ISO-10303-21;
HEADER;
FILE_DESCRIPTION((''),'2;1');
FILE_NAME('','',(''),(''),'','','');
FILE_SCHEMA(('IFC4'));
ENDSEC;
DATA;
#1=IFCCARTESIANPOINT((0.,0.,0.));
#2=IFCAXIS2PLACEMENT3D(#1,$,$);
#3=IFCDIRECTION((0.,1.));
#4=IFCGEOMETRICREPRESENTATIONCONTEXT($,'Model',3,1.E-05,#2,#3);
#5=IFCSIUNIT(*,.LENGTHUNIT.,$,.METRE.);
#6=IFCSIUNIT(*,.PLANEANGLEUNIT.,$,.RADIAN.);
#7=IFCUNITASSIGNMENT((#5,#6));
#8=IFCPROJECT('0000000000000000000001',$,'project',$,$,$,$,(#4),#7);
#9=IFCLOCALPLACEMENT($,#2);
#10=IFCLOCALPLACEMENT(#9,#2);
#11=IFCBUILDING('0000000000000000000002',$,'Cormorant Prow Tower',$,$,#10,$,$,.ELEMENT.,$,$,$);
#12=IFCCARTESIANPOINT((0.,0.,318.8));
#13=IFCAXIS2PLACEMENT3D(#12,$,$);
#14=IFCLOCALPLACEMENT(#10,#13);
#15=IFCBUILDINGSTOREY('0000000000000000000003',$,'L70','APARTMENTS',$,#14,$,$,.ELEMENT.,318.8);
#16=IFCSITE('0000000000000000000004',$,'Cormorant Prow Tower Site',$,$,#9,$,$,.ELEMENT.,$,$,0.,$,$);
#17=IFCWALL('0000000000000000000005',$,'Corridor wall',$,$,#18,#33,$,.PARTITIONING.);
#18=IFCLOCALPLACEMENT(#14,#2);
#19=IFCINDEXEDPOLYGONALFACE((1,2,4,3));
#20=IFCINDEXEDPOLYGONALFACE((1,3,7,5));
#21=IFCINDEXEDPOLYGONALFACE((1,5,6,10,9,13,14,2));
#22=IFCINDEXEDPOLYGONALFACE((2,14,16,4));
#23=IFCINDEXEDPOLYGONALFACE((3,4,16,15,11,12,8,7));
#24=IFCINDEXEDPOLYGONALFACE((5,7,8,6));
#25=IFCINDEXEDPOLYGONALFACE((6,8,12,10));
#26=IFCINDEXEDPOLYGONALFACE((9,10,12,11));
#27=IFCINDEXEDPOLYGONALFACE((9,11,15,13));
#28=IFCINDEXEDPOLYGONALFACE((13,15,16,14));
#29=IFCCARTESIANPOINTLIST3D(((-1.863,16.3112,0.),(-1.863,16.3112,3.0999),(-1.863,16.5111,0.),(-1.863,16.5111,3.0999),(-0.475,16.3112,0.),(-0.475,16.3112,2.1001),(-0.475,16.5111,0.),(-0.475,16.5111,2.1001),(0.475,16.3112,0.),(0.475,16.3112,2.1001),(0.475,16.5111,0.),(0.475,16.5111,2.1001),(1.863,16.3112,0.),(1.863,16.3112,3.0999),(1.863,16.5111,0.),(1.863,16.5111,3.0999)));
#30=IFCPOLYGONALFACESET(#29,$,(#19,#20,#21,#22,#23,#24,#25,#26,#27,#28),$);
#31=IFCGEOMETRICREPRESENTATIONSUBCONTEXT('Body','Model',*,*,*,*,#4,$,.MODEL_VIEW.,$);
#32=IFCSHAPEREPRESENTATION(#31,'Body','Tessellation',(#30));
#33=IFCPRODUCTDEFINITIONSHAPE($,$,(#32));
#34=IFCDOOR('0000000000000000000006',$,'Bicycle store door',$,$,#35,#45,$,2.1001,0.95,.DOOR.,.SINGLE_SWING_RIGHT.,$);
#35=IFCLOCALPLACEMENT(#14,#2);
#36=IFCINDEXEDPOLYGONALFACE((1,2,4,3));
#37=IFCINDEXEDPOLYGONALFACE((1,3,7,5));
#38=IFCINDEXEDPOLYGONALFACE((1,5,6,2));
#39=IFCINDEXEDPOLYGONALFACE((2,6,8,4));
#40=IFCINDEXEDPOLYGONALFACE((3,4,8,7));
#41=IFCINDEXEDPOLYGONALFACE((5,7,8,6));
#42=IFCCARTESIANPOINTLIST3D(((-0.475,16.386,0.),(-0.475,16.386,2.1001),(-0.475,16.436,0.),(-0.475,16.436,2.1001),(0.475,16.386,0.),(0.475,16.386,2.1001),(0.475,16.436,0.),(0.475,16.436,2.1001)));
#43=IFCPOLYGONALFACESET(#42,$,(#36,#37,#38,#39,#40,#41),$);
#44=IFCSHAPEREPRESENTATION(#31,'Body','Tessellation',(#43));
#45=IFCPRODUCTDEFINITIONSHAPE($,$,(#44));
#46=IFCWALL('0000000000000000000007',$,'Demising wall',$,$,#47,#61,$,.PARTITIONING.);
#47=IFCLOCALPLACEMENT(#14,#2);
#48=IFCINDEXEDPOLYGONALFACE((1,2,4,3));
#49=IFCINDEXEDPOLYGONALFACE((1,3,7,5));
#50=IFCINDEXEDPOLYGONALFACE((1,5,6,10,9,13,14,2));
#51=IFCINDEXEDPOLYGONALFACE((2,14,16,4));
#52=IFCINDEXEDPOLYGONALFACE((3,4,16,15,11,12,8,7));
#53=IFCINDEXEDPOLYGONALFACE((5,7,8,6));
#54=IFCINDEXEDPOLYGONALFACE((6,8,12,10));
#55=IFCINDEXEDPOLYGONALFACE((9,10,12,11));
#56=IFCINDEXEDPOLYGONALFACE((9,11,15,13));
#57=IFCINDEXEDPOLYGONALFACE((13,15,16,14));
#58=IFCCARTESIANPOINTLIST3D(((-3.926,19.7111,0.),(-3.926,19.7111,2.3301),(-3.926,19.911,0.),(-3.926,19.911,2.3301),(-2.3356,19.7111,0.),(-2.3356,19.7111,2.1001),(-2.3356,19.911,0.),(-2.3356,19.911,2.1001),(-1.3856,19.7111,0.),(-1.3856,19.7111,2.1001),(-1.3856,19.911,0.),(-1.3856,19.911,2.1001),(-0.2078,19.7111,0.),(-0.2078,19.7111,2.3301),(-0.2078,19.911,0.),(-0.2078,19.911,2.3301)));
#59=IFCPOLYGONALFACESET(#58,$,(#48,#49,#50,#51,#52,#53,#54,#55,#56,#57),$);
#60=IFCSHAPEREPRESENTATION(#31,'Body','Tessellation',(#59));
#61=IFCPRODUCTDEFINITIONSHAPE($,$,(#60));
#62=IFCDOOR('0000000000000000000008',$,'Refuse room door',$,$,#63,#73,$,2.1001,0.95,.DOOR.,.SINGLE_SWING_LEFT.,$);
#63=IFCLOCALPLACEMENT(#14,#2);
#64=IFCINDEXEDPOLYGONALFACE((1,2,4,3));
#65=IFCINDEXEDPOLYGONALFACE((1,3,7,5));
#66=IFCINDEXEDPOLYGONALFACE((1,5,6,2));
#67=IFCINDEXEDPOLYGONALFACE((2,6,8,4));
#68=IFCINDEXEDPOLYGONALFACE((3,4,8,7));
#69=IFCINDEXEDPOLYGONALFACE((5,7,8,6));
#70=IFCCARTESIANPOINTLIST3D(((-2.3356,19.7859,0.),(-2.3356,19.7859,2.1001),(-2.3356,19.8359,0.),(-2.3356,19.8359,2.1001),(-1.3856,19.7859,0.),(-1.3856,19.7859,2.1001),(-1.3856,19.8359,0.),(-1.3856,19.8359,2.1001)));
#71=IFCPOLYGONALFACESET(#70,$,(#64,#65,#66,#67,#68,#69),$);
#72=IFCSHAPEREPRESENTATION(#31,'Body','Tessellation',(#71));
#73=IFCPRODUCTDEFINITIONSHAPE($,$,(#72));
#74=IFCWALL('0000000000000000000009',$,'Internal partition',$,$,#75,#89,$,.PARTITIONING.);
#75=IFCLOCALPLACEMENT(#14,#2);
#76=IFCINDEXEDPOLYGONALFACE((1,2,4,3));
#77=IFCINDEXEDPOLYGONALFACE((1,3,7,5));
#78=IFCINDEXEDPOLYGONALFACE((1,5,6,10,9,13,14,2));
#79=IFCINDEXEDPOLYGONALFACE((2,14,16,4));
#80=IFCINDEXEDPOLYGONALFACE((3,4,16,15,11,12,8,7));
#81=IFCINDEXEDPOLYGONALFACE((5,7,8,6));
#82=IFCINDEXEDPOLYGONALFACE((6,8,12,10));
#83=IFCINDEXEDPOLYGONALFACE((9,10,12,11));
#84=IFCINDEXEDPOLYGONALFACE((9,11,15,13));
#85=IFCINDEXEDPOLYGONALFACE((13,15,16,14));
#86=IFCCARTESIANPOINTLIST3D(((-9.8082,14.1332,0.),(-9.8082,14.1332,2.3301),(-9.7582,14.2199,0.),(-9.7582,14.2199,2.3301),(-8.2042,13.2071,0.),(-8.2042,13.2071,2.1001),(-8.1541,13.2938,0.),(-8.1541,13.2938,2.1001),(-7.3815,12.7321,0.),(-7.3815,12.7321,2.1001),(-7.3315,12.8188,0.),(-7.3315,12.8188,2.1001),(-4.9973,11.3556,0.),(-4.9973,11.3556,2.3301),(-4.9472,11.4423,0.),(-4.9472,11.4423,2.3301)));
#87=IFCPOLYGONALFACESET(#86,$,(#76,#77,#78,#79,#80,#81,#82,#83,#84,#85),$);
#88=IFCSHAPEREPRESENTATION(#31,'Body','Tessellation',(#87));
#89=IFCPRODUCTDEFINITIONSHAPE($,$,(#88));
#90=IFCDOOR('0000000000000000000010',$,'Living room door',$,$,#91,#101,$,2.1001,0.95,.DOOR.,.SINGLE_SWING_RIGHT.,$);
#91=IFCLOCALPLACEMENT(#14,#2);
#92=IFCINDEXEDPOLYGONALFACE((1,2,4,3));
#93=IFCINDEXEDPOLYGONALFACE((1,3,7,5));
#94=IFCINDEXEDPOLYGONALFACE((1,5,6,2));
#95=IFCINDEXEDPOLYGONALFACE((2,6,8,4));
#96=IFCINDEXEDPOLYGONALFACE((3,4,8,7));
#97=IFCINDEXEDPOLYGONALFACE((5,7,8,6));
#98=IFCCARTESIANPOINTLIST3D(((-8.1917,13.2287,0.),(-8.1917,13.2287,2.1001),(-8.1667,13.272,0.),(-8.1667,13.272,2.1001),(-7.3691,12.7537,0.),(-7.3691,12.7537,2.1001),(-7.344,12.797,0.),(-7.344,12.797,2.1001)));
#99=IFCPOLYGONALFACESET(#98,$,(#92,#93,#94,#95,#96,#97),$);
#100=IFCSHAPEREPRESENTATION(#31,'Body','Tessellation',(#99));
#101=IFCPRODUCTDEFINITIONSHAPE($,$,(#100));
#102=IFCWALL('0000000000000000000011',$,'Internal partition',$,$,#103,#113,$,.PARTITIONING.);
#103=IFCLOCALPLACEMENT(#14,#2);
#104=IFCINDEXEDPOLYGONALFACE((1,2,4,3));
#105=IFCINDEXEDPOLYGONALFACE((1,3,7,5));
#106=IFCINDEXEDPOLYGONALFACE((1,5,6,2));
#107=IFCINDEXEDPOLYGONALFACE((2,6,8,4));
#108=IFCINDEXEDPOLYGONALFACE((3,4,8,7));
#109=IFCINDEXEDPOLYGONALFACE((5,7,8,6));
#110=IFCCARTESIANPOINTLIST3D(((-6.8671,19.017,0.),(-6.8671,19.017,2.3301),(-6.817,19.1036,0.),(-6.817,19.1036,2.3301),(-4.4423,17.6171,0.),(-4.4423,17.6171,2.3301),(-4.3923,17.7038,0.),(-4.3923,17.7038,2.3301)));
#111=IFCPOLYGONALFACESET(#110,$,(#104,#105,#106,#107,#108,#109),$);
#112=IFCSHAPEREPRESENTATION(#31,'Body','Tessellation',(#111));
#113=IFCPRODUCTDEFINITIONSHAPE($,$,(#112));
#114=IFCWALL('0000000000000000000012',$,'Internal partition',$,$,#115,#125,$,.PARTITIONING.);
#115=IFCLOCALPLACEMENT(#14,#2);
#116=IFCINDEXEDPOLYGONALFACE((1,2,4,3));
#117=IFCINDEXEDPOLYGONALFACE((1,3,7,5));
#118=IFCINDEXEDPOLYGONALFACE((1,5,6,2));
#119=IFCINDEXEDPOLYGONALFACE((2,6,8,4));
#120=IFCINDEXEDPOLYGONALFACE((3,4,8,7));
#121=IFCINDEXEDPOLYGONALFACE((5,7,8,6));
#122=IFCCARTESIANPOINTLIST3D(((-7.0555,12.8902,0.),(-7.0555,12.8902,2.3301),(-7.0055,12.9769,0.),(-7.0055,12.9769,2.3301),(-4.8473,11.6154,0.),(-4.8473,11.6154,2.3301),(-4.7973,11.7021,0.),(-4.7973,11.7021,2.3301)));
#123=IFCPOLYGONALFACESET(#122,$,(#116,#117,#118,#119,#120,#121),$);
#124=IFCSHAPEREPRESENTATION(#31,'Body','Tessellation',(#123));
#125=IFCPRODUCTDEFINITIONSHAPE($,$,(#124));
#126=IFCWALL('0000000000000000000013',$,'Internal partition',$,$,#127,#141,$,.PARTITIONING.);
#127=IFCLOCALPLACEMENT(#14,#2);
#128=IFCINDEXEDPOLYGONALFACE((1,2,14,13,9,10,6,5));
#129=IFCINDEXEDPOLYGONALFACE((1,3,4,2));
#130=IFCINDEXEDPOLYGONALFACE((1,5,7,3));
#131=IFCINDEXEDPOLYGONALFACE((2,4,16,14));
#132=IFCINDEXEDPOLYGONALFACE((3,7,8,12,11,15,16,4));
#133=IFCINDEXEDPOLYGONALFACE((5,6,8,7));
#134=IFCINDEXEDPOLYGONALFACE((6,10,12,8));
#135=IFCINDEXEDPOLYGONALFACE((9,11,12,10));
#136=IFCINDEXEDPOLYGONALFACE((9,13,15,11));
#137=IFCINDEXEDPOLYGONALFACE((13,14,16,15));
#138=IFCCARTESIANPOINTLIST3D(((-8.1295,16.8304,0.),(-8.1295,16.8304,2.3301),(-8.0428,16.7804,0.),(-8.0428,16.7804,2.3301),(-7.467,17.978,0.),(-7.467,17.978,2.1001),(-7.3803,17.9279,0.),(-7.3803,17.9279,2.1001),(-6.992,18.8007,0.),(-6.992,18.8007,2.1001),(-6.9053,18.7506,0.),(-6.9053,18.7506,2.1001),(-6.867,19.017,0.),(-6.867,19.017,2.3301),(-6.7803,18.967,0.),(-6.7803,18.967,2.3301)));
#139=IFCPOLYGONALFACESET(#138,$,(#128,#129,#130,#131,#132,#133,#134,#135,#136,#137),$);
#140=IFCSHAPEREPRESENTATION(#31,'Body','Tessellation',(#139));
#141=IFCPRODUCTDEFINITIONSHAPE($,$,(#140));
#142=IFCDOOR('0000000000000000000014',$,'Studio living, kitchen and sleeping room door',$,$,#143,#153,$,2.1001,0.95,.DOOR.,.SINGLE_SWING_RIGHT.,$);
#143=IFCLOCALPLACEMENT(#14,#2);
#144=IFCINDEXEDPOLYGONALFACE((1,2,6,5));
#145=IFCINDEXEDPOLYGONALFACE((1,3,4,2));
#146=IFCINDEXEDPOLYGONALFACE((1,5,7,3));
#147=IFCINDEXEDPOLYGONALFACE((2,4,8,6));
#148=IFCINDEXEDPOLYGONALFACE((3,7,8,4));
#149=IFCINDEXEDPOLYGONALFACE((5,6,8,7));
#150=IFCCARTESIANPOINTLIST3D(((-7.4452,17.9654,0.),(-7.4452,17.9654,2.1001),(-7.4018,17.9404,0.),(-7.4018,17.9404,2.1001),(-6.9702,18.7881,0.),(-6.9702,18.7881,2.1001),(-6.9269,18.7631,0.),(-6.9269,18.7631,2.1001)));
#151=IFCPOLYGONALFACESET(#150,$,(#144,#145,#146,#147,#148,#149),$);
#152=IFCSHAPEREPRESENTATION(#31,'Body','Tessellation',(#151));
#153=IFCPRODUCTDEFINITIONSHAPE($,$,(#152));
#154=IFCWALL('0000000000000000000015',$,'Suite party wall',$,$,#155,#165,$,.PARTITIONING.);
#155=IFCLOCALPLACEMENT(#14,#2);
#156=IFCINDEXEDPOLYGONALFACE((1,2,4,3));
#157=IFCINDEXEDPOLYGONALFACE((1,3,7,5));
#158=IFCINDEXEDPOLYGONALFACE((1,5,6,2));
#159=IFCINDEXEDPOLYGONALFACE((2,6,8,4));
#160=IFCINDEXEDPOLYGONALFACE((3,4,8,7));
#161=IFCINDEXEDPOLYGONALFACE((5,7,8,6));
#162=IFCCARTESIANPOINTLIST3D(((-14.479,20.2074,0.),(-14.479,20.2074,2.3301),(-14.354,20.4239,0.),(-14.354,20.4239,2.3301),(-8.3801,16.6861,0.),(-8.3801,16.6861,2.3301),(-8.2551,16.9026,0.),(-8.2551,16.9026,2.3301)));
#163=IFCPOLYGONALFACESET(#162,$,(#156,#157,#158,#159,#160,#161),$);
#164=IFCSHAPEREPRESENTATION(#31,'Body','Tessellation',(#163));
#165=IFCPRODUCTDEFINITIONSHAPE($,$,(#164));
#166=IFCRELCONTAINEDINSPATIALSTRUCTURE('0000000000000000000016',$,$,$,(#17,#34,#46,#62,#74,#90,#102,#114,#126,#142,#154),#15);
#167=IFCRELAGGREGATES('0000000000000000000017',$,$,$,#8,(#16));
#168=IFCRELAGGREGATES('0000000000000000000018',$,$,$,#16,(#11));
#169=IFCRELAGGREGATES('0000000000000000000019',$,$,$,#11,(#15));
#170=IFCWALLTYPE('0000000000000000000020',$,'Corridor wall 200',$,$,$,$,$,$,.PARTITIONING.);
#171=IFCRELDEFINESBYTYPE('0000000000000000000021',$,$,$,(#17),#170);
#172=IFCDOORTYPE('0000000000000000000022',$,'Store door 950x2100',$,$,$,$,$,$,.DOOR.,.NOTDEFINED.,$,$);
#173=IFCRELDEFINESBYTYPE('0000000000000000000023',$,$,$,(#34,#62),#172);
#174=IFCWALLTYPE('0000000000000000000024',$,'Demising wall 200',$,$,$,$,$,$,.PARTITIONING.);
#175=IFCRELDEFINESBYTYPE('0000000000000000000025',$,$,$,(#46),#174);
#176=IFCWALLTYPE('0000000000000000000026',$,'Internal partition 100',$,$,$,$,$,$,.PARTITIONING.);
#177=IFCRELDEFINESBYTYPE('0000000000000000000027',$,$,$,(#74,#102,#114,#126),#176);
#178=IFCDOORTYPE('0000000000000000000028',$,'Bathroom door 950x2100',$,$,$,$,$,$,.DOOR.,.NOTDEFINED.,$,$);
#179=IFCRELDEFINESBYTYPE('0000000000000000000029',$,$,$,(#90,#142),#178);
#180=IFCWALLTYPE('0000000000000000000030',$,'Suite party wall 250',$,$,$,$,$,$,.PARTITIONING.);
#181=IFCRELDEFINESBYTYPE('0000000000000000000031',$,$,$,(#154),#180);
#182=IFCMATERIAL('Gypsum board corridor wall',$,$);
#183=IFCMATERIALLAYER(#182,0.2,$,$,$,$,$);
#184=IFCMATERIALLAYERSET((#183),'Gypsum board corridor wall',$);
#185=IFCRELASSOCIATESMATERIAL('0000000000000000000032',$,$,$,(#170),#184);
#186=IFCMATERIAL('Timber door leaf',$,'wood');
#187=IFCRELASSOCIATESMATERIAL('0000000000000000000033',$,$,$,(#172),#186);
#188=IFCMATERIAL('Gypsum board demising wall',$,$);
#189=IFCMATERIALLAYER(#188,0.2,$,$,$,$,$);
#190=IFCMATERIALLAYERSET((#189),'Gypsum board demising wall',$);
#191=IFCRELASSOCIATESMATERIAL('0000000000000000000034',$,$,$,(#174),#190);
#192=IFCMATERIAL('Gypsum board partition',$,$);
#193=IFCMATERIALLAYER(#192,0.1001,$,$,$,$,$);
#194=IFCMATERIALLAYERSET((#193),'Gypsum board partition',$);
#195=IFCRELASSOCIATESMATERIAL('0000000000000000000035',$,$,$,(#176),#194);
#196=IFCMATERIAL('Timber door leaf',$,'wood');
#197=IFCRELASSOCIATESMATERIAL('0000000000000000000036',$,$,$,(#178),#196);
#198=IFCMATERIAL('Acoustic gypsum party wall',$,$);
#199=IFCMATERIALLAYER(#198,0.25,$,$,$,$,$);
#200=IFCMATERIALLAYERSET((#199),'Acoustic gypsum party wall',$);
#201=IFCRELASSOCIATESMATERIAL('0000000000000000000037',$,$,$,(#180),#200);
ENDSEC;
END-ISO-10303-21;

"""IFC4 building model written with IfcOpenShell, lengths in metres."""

from ifc_helpers import new_model, si_unit, direction, frame, frame_2d, origin, place, context, subcontext, project, spatial, rectangle, extrude, material, layer, layer_set, type_object, element, fill, save


model = new_model("IFC4")

# Units and contexts
model_context = context("Model", 3, precision=1e-05, world=origin(), true_north=direction((0.0, 1.0)))
body_context = subcontext(model_context, "Body", "Model", "MODEL_VIEW")
ifc_project = project(units=[si_unit("LENGTHUNIT", "METRE"), si_unit("PLANEANGLEUNIT", "RADIAN")], contexts=[model_context])

# Site, building, storey
site_placement = place(None, origin())
site = spatial("IfcSite", under=ifc_project, at=site_placement, Name="Cormorant Prow Tower Site", CompositionType="ELEMENT", RefElevation=0.0)
building_placement = place(site_placement, origin())
building = spatial("IfcBuilding", under=site, at=building_placement, Name="Cormorant Prow Tower", CompositionType="ELEMENT")
storey_placement = place(building_placement, frame((0.0, 0.0, 318.8)))
storey = spatial("IfcBuildingStorey", under=building, at=storey_placement, Name="L70", Description="APARTMENTS", CompositionType="ELEMENT", Elevation=318.8)

# Walls, openings, doors
ifc_material_1 = material(Name="Gypsum board corridor wall")
ifc_layer_1 = layer(ifc_material_1, 0.2)
ifc_layer_set_1 = layer_set([ifc_layer_1], Name="Gypsum board corridor wall")
wall_type_1 = type_object("IfcWallType", Name="Corridor wall 200", PredefinedType="PARTITIONING", material=ifc_layer_set_1)
wall_1_placement = place(storey_placement, frame((-1.863, 16.4111, 0.0), z_axis=(0.0, 0.0, 1.0), x_axis=(1.0, 0.0, 0.0)))
wall_1 = element("IfcWall", 1, at=wall_1_placement, inside=storey, type_object=wall_type_1, Name="Corridor wall", PredefinedType="PARTITIONING", context=body_context, shape_type="SweptSolid", body=[
    extrude(rectangle(XDim=3.7261, YDim=0.2, at=frame_2d((1.863, 0.0))), origin(), (0.0, 0.0, 1.0), 3.0999),
])
opening_1_placement = place(wall_1_placement, frame((1.3879, 0.0, 0.0)))
opening_1 = element("IfcOpeningElement", 2, at=opening_1_placement, cuts=wall_1, PredefinedType="OPENING", context=body_context, shape_type="SweptSolid", body=[
    extrude(rectangle(XDim=0.95, YDim=2.1001, at=frame_2d((0.4751, 1.05))), frame((0.0, 0.1099, 0.0), z_axis=(0.0, -1.0, 0.0), x_axis=(1.0, 0.0, 0.0)), (0.0, 0.0, 1.0), 0.22),
])
ifc_material_2 = material(Name="Timber door leaf", Category="wood")
door_type_1 = type_object("IfcDoorType", Name="Store door 950x2100", OperationType="NOTDEFINED", PredefinedType="DOOR", material=ifc_material_2)
door_1_placement = place(opening_1_placement, origin())
door_1 = element("IfcDoor", 3, at=door_1_placement, inside=storey, type_object=door_type_1, Name="Bicycle store door", OperationType="SINGLE_SWING_RIGHT", OverallHeight=2.1001, OverallWidth=0.95, PredefinedType="DOOR", context=body_context, shape_type="SweptSolid", body=[
    extrude(rectangle(XDim=0.95, YDim=2.1001, at=frame_2d((0.4751, 1.05))), frame((0.0, 0.0249, 0.0), z_axis=(0.0, -1.0, 0.0), x_axis=(1.0, 0.0, 0.0)), (0.0, 0.0, 1.0), 0.05),
])
fill(opening_1, door_1)
ifc_material_3 = material(Name="Gypsum board demising wall")
ifc_layer_2 = layer(ifc_material_3, 0.2)
ifc_layer_set_2 = layer_set([ifc_layer_2], Name="Gypsum board demising wall")
wall_type_2 = type_object("IfcWallType", Name="Demising wall 200", PredefinedType="PARTITIONING", material=ifc_layer_set_2)
wall_2_placement = place(storey_placement, frame((-3.926, 19.811, 0.0), z_axis=(0.0, 0.0, 1.0), x_axis=(1.0, 0.0, 0.0)))
wall_2 = element("IfcWall", 4, at=wall_2_placement, inside=storey, type_object=wall_type_2, Name="Demising wall", PredefinedType="PARTITIONING", context=body_context, shape_type="SweptSolid", body=[
    extrude(rectangle(XDim=3.7183, YDim=0.2, at=frame_2d((1.8591, 0.0))), origin(), (0.0, 0.0, 1.0), 2.3301),
])
opening_2_placement = place(wall_2_placement, frame((1.5903, 0.0, 0.0)))
opening_2 = element("IfcOpeningElement", 5, at=opening_2_placement, cuts=wall_2, PredefinedType="OPENING", context=body_context, shape_type="SweptSolid", body=[
    extrude(rectangle(XDim=0.95, YDim=2.1001, at=frame_2d((0.4751, 1.05))), frame((0.0, 0.1099, 0.0), z_axis=(0.0, -1.0, 0.0), x_axis=(1.0, 0.0, 0.0)), (0.0, 0.0, 1.0), 0.22),
])
door_2_placement = place(opening_2_placement, origin())
door_2 = element("IfcDoor", 6, at=door_2_placement, inside=storey, type_object=door_type_1, Name="Refuse room door", OperationType="SINGLE_SWING_LEFT", OverallHeight=2.1001, OverallWidth=0.95, PredefinedType="DOOR", context=body_context, shape_type="SweptSolid", body=[
    extrude(rectangle(XDim=0.95, YDim=2.1001, at=frame_2d((0.4751, 1.05))), frame((0.0, 0.0249, 0.0), z_axis=(0.0, -1.0, 0.0), x_axis=(1.0, 0.0, 0.0)), (0.0, 0.0, 1.0), 0.05),
])
fill(opening_2, door_2)
ifc_material_4 = material(Name="Gypsum board partition")
ifc_layer_3 = layer(ifc_material_4, 0.1001)
ifc_layer_set_3 = layer_set([ifc_layer_3], Name="Gypsum board partition")
wall_type_3 = type_object("IfcWallType", Name="Internal partition 100", PredefinedType="PARTITIONING", material=ifc_layer_set_3)
wall_3_placement = place(storey_placement, frame((-9.7832, 14.1765, 0.0), z_axis=(0.0, 0.0, 1.0), x_axis=(0.86603, -0.499991, 0.0)))
wall_3 = element("IfcWall", 7, at=wall_3_placement, inside=storey, type_object=wall_type_3, Name="Internal partition", PredefinedType="PARTITIONING", context=body_context, shape_type="SweptSolid", body=[
    extrude(rectangle(XDim=5.5552, YDim=0.1001, at=frame_2d((2.7776, 0.0))), origin(), (0.0, 0.0, 1.0), 2.3301),
])
opening_3_placement = place(wall_3_placement, frame((1.8521, 0.0, 0.0)))
opening_3 = element("IfcOpeningElement", 8, at=opening_3_placement, cuts=wall_3, PredefinedType="OPENING", context=body_context, shape_type="SweptSolid", body=[
    extrude(rectangle(XDim=0.95, YDim=2.1001, at=frame_2d((0.4751, 1.05))), frame((0.0, 0.0601, 0.0), z_axis=(0.0, -1.0, 0.0), x_axis=(1.0, 0.0, 0.0)), (0.0, 0.0, 1.0), 0.1201),
])
ifc_material_5 = material(Name="Timber door leaf", Category="wood")
door_type_2 = type_object("IfcDoorType", Name="Bathroom door 950x2100", OperationType="NOTDEFINED", PredefinedType="DOOR", material=ifc_material_5)
door_3_placement = place(opening_3_placement, origin())
door_3 = element("IfcDoor", 9, at=door_3_placement, inside=storey, type_object=door_type_2, Name="Living room door", OperationType="SINGLE_SWING_RIGHT", OverallHeight=2.1001, OverallWidth=0.95, PredefinedType="DOOR", context=body_context, shape_type="SweptSolid", body=[
    extrude(rectangle(XDim=0.95, YDim=2.1001, at=frame_2d((0.4751, 1.05))), frame((0.0, 0.0249, 0.0), z_axis=(0.0, -1.0, 0.0), x_axis=(1.0, 0.0, 0.0)), (0.0, 0.0, 1.0), 0.05),
])
fill(opening_3, door_3)

# Walls
wall_4_placement = place(storey_placement, frame((-6.842, 19.0603, 0.0), z_axis=(0.0, 0.0, 1.0), x_axis=(0.866035, -0.499984, 0.0)))
element("IfcWall", 10, at=wall_4_placement, inside=storey, type_object=wall_type_3, Name="Internal partition", PredefinedType="PARTITIONING", context=body_context, shape_type="SweptSolid", body=[
    extrude(rectangle(XDim=2.7998, YDim=0.1001, at=frame_2d((1.3999, 0.0))), origin(), (0.0, 0.0, 1.0), 2.3301),
])
wall_5_placement = place(storey_placement, frame((-7.0305, 12.9336, 0.0), z_axis=(0.0, 0.0, 1.0), x_axis=(0.866031, -0.49999, 0.0)))
element("IfcWall", 11, at=wall_5_placement, inside=storey, type_object=wall_type_3, Name="Internal partition", PredefinedType="PARTITIONING", context=body_context, shape_type="SweptSolid", body=[
    extrude(rectangle(XDim=2.5498, YDim=0.1001, at=frame_2d((1.2749, 0.0))), origin(), (0.0, 0.0, 1.0), 2.3301),
])

# Wall, opening, door
wall_6_placement = place(storey_placement, frame((-8.0862, 16.8054, 0.0), z_axis=(0.0, 0.0, 1.0), x_axis=(0.500018, 0.866015, 0.0)))
wall_6 = element("IfcWall", 12, at=wall_6_placement, inside=storey, type_object=wall_type_3, Name="Internal partition", PredefinedType="PARTITIONING", context=body_context, shape_type="SweptSolid", body=[
    extrude(rectangle(XDim=2.5249, YDim=0.1001, at=frame_2d((1.2625, 0.0))), origin(), (0.0, 0.0, 1.0), 2.3301),
])
opening_4_placement = place(wall_6_placement, frame((1.325, 0.0, 0.0)))
opening_4 = element("IfcOpeningElement", 13, at=opening_4_placement, cuts=wall_6, PredefinedType="OPENING", context=body_context, shape_type="SweptSolid", body=[
    extrude(rectangle(XDim=0.95, YDim=2.1001, at=frame_2d((0.4751, 1.05))), frame((0.0, 0.0601, 0.0), z_axis=(0.0, -1.0, 0.0), x_axis=(1.0, 0.0, 0.0)), (0.0, 0.0, 1.0), 0.1201),
])
door_4_placement = place(opening_4_placement, origin())
door_4 = element("IfcDoor", 14, at=door_4_placement, inside=storey, type_object=door_type_2, Name="Studio living, kitchen and sleeping room door", OperationType="SINGLE_SWING_RIGHT", OverallHeight=2.1001, OverallWidth=0.95, PredefinedType="DOOR", context=body_context, shape_type="SweptSolid", body=[
    extrude(rectangle(XDim=0.95, YDim=2.1001, at=frame_2d((0.4751, 1.05))), frame((0.0, 0.0249, 0.0), z_axis=(0.0, -1.0, 0.0), x_axis=(1.0, 0.0, 0.0)), (0.0, 0.0, 1.0), 0.05),
])
fill(opening_4, door_4)

# Wall
ifc_material_6 = material(Name="Acoustic gypsum party wall")
ifc_layer_4 = layer(ifc_material_6, 0.25)
ifc_layer_set_4 = layer_set([ifc_layer_4], Name="Acoustic gypsum party wall")
wall_type_4 = type_object("IfcWallType", Name="Suite party wall 250", PredefinedType="PARTITIONING", material=ifc_layer_set_4)
wall_7_placement = place(storey_placement, frame((-14.4165, 20.3157, 0.0), z_axis=(0.0, 0.0, 1.0), x_axis=(0.866022, -0.500006, 0.0)))
element("IfcWall", 15, at=wall_7_placement, inside=storey, type_object=wall_type_4, Name="Suite party wall", PredefinedType="PARTITIONING", context=body_context, shape_type="SweptSolid", body=[
    extrude(rectangle(XDim=7.0425, YDim=0.25, at=frame_2d((3.5212, 0.0))), origin(), (0.0, 0.0, 1.0), 2.3301),
])

save(model, "model.ifc")
